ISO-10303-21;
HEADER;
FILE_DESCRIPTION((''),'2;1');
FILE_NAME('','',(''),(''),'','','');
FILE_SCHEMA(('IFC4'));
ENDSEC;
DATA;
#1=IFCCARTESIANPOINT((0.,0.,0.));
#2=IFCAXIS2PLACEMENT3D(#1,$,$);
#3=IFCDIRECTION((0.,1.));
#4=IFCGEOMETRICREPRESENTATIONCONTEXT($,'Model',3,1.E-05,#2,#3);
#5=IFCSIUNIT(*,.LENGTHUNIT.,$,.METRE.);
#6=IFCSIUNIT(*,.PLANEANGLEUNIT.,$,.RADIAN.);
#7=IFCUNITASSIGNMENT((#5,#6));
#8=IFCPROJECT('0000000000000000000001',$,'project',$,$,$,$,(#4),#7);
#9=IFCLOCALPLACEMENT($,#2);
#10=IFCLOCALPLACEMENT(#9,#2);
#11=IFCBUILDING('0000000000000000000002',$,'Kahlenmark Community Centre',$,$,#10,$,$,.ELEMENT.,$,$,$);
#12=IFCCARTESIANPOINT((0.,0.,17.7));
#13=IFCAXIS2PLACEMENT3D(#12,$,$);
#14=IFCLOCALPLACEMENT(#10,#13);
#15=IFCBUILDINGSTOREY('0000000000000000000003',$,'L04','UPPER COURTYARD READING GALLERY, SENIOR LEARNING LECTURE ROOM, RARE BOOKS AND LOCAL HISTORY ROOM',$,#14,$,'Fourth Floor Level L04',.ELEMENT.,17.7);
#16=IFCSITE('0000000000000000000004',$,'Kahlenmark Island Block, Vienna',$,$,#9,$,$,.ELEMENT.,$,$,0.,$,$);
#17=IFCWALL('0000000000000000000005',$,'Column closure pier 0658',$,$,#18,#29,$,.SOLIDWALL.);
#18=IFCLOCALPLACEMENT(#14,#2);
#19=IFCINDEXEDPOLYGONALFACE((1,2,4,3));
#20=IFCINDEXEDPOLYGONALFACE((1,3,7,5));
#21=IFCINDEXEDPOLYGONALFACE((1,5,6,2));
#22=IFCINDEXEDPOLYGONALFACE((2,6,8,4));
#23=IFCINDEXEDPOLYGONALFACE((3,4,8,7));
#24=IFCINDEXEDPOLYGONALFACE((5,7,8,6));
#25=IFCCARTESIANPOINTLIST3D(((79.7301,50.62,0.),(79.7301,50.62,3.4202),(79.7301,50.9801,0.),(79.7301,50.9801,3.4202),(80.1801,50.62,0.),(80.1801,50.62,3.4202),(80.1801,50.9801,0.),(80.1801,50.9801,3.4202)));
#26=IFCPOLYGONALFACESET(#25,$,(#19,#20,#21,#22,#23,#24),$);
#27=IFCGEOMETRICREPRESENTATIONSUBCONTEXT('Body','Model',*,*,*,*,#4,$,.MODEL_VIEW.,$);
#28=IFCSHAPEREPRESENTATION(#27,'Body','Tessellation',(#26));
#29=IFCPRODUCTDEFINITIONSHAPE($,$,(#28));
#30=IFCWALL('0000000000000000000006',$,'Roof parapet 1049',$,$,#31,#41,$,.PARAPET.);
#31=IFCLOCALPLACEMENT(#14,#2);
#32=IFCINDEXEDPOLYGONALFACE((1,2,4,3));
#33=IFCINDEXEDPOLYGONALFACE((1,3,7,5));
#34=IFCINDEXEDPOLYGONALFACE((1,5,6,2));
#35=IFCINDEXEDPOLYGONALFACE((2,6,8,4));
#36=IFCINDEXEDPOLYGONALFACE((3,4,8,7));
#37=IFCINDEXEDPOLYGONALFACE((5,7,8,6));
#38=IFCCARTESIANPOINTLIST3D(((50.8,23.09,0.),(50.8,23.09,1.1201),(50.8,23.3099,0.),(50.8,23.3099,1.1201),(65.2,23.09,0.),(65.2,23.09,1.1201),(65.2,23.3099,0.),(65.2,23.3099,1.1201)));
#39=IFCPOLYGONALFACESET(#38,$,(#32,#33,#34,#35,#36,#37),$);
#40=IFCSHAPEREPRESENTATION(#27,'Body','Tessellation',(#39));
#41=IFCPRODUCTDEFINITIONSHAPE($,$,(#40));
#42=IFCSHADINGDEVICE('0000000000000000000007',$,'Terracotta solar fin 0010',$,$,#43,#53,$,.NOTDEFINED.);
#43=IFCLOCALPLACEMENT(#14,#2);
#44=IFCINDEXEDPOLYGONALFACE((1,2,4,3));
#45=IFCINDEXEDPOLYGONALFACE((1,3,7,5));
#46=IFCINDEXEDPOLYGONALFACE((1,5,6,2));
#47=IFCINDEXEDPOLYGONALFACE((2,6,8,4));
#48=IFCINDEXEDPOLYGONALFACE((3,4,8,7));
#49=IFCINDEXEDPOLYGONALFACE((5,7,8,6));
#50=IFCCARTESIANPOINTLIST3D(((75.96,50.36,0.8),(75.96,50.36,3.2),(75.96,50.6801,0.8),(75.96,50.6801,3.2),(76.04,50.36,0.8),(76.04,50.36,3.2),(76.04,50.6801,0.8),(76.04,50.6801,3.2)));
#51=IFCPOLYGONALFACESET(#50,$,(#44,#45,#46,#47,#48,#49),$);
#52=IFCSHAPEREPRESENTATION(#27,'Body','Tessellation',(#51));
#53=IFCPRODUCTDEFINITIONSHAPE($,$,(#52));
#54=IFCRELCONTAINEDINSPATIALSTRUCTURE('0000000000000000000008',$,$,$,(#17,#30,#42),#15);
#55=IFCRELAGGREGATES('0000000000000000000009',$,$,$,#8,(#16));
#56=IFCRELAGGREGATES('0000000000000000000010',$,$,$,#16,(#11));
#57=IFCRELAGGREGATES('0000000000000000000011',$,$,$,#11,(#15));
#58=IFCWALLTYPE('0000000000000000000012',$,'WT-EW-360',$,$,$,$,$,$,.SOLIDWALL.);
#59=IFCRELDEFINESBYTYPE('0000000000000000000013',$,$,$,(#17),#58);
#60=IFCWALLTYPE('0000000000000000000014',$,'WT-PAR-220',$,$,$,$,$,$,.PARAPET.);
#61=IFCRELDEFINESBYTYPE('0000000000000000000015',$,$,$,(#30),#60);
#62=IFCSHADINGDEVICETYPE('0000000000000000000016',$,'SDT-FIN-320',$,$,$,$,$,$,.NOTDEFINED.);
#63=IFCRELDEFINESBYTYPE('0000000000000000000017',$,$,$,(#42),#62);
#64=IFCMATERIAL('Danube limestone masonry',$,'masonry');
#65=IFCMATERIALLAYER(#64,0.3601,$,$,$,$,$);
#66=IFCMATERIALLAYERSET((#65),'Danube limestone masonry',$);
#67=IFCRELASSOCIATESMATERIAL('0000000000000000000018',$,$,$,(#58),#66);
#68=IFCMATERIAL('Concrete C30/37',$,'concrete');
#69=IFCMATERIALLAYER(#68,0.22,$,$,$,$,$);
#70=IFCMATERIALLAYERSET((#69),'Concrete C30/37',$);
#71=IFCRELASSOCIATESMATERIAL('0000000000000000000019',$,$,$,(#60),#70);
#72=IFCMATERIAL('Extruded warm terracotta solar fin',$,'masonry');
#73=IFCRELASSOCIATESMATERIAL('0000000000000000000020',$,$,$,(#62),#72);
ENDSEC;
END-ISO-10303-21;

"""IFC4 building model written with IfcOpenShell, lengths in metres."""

from ifc_helpers import new_model, si_unit, direction, frame, frame_2d, origin, origin_2d, place, context, subcontext, project, spatial, rectangle, extrude, material, layer, layer_set, type_object, element, save


model = new_model("IFC4")

# Units and contexts
model_context = context("Model", 3, precision=1e-05, world=origin(), true_north=direction((0.0, 1.0)))
body_context = subcontext(model_context, "Body", "Model", "MODEL_VIEW")
ifc_project = project(units=[si_unit("LENGTHUNIT", "METRE"), si_unit("PLANEANGLEUNIT", "RADIAN")], contexts=[model_context])

# Site, building, storey
site_placement = place(None, origin())
site = spatial("IfcSite", under=ifc_project, at=site_placement, Name="Kahlenmark Island Block, Vienna", CompositionType="ELEMENT", RefElevation=0.0)
building_placement = place(site_placement, origin())
building = spatial("IfcBuilding", under=site, at=building_placement, Name="Kahlenmark Community Centre", CompositionType="ELEMENT")
storey_placement = place(building_placement, frame((0.0, 0.0, 17.7)))
storey = spatial("IfcBuildingStorey", under=building, at=storey_placement, Name="L04", Description="UPPER COURTYARD READING GALLERY, SENIOR LEARNING LECTURE ROOM, RARE BOOKS AND LOCAL HISTORY ROOM", LongName="Fourth Floor Level L04", CompositionType="ELEMENT", Elevation=17.7)

# Shared definitions
ifc_material_1 = material(Name="Danube limestone masonry", Category="masonry")
ifc_layer_1 = layer(ifc_material_1, 0.3601)
ifc_layer_set_1 = layer_set([ifc_layer_1], Name="Danube limestone masonry")
wall_type_1 = type_object("IfcWallType", Name="WT-EW-360", PredefinedType="SOLIDWALL", material=ifc_layer_set_1)

# Walls
wall_1_placement = place(storey_placement, frame((79.73, 50.8, 0.0), z_axis=(0.0, 0.0, 1.0), x_axis=(1.0, 0.0, 0.0)))
element("IfcWall", 1, at=wall_1_placement, inside=storey, type_object=wall_type_1, Name="Column closure pier 0658", PredefinedType="SOLIDWALL", context=body_context, shape_type="SweptSolid", body=[
    extrude(rectangle(XDim=0.45, YDim=0.3601, at=frame_2d((0.2251, 0.0))), origin(), (0.0, 0.0, 1.0), 3.4202),
])
ifc_material_2 = material(Name="Concrete C30/37", Category="concrete")
ifc_layer_2 = layer(ifc_material_2, 0.22)
ifc_layer_set_2 = layer_set([ifc_layer_2], Name="Concrete C30/37")
wall_type_2 = type_object("IfcWallType", Name="WT-PAR-220", PredefinedType="PARAPET", material=ifc_layer_set_2)
wall_2_placement = place(storey_placement, frame((50.8, 23.2, 0.0), z_axis=(0.0, 0.0, 1.0), x_axis=(1.0, 0.0, 0.0)))
element("IfcWall", 2, at=wall_2_placement, inside=storey, type_object=wall_type_2, Name="Roof parapet 1049", PredefinedType="PARAPET", context=body_context, shape_type="SweptSolid", body=[
    extrude(rectangle(XDim=14.3999, YDim=0.22, at=frame_2d((7.2, 0.0))), origin(), (0.0, 0.0, 1.0), 1.1201),
])

# Shading device
ifc_material_3 = material(Name="Extruded warm terracotta solar fin", Category="masonry")
shading_device_type = type_object("IfcShadingDeviceType", Name="SDT-FIN-320", PredefinedType="NOTDEFINED", material=ifc_material_3)
shading_device_placement = place(storey_placement, frame((76.0, 50.52, 0.8), z_axis=(0.0, 0.0, 1.0), x_axis=(1.0, 0.0, 0.0)))
element("IfcShadingDevice", 3, at=shading_device_placement, inside=storey, type_object=shading_device_type, Name="Terracotta solar fin 0010", PredefinedType="NOTDEFINED", context=body_context, shape_type="SweptSolid", body=[
    extrude(rectangle(XDim=0.0801, YDim=0.3201, at=origin_2d()), origin(), (0.0, 0.0, 1.0), 2.3999),
])

save(model, "model.ifc")
